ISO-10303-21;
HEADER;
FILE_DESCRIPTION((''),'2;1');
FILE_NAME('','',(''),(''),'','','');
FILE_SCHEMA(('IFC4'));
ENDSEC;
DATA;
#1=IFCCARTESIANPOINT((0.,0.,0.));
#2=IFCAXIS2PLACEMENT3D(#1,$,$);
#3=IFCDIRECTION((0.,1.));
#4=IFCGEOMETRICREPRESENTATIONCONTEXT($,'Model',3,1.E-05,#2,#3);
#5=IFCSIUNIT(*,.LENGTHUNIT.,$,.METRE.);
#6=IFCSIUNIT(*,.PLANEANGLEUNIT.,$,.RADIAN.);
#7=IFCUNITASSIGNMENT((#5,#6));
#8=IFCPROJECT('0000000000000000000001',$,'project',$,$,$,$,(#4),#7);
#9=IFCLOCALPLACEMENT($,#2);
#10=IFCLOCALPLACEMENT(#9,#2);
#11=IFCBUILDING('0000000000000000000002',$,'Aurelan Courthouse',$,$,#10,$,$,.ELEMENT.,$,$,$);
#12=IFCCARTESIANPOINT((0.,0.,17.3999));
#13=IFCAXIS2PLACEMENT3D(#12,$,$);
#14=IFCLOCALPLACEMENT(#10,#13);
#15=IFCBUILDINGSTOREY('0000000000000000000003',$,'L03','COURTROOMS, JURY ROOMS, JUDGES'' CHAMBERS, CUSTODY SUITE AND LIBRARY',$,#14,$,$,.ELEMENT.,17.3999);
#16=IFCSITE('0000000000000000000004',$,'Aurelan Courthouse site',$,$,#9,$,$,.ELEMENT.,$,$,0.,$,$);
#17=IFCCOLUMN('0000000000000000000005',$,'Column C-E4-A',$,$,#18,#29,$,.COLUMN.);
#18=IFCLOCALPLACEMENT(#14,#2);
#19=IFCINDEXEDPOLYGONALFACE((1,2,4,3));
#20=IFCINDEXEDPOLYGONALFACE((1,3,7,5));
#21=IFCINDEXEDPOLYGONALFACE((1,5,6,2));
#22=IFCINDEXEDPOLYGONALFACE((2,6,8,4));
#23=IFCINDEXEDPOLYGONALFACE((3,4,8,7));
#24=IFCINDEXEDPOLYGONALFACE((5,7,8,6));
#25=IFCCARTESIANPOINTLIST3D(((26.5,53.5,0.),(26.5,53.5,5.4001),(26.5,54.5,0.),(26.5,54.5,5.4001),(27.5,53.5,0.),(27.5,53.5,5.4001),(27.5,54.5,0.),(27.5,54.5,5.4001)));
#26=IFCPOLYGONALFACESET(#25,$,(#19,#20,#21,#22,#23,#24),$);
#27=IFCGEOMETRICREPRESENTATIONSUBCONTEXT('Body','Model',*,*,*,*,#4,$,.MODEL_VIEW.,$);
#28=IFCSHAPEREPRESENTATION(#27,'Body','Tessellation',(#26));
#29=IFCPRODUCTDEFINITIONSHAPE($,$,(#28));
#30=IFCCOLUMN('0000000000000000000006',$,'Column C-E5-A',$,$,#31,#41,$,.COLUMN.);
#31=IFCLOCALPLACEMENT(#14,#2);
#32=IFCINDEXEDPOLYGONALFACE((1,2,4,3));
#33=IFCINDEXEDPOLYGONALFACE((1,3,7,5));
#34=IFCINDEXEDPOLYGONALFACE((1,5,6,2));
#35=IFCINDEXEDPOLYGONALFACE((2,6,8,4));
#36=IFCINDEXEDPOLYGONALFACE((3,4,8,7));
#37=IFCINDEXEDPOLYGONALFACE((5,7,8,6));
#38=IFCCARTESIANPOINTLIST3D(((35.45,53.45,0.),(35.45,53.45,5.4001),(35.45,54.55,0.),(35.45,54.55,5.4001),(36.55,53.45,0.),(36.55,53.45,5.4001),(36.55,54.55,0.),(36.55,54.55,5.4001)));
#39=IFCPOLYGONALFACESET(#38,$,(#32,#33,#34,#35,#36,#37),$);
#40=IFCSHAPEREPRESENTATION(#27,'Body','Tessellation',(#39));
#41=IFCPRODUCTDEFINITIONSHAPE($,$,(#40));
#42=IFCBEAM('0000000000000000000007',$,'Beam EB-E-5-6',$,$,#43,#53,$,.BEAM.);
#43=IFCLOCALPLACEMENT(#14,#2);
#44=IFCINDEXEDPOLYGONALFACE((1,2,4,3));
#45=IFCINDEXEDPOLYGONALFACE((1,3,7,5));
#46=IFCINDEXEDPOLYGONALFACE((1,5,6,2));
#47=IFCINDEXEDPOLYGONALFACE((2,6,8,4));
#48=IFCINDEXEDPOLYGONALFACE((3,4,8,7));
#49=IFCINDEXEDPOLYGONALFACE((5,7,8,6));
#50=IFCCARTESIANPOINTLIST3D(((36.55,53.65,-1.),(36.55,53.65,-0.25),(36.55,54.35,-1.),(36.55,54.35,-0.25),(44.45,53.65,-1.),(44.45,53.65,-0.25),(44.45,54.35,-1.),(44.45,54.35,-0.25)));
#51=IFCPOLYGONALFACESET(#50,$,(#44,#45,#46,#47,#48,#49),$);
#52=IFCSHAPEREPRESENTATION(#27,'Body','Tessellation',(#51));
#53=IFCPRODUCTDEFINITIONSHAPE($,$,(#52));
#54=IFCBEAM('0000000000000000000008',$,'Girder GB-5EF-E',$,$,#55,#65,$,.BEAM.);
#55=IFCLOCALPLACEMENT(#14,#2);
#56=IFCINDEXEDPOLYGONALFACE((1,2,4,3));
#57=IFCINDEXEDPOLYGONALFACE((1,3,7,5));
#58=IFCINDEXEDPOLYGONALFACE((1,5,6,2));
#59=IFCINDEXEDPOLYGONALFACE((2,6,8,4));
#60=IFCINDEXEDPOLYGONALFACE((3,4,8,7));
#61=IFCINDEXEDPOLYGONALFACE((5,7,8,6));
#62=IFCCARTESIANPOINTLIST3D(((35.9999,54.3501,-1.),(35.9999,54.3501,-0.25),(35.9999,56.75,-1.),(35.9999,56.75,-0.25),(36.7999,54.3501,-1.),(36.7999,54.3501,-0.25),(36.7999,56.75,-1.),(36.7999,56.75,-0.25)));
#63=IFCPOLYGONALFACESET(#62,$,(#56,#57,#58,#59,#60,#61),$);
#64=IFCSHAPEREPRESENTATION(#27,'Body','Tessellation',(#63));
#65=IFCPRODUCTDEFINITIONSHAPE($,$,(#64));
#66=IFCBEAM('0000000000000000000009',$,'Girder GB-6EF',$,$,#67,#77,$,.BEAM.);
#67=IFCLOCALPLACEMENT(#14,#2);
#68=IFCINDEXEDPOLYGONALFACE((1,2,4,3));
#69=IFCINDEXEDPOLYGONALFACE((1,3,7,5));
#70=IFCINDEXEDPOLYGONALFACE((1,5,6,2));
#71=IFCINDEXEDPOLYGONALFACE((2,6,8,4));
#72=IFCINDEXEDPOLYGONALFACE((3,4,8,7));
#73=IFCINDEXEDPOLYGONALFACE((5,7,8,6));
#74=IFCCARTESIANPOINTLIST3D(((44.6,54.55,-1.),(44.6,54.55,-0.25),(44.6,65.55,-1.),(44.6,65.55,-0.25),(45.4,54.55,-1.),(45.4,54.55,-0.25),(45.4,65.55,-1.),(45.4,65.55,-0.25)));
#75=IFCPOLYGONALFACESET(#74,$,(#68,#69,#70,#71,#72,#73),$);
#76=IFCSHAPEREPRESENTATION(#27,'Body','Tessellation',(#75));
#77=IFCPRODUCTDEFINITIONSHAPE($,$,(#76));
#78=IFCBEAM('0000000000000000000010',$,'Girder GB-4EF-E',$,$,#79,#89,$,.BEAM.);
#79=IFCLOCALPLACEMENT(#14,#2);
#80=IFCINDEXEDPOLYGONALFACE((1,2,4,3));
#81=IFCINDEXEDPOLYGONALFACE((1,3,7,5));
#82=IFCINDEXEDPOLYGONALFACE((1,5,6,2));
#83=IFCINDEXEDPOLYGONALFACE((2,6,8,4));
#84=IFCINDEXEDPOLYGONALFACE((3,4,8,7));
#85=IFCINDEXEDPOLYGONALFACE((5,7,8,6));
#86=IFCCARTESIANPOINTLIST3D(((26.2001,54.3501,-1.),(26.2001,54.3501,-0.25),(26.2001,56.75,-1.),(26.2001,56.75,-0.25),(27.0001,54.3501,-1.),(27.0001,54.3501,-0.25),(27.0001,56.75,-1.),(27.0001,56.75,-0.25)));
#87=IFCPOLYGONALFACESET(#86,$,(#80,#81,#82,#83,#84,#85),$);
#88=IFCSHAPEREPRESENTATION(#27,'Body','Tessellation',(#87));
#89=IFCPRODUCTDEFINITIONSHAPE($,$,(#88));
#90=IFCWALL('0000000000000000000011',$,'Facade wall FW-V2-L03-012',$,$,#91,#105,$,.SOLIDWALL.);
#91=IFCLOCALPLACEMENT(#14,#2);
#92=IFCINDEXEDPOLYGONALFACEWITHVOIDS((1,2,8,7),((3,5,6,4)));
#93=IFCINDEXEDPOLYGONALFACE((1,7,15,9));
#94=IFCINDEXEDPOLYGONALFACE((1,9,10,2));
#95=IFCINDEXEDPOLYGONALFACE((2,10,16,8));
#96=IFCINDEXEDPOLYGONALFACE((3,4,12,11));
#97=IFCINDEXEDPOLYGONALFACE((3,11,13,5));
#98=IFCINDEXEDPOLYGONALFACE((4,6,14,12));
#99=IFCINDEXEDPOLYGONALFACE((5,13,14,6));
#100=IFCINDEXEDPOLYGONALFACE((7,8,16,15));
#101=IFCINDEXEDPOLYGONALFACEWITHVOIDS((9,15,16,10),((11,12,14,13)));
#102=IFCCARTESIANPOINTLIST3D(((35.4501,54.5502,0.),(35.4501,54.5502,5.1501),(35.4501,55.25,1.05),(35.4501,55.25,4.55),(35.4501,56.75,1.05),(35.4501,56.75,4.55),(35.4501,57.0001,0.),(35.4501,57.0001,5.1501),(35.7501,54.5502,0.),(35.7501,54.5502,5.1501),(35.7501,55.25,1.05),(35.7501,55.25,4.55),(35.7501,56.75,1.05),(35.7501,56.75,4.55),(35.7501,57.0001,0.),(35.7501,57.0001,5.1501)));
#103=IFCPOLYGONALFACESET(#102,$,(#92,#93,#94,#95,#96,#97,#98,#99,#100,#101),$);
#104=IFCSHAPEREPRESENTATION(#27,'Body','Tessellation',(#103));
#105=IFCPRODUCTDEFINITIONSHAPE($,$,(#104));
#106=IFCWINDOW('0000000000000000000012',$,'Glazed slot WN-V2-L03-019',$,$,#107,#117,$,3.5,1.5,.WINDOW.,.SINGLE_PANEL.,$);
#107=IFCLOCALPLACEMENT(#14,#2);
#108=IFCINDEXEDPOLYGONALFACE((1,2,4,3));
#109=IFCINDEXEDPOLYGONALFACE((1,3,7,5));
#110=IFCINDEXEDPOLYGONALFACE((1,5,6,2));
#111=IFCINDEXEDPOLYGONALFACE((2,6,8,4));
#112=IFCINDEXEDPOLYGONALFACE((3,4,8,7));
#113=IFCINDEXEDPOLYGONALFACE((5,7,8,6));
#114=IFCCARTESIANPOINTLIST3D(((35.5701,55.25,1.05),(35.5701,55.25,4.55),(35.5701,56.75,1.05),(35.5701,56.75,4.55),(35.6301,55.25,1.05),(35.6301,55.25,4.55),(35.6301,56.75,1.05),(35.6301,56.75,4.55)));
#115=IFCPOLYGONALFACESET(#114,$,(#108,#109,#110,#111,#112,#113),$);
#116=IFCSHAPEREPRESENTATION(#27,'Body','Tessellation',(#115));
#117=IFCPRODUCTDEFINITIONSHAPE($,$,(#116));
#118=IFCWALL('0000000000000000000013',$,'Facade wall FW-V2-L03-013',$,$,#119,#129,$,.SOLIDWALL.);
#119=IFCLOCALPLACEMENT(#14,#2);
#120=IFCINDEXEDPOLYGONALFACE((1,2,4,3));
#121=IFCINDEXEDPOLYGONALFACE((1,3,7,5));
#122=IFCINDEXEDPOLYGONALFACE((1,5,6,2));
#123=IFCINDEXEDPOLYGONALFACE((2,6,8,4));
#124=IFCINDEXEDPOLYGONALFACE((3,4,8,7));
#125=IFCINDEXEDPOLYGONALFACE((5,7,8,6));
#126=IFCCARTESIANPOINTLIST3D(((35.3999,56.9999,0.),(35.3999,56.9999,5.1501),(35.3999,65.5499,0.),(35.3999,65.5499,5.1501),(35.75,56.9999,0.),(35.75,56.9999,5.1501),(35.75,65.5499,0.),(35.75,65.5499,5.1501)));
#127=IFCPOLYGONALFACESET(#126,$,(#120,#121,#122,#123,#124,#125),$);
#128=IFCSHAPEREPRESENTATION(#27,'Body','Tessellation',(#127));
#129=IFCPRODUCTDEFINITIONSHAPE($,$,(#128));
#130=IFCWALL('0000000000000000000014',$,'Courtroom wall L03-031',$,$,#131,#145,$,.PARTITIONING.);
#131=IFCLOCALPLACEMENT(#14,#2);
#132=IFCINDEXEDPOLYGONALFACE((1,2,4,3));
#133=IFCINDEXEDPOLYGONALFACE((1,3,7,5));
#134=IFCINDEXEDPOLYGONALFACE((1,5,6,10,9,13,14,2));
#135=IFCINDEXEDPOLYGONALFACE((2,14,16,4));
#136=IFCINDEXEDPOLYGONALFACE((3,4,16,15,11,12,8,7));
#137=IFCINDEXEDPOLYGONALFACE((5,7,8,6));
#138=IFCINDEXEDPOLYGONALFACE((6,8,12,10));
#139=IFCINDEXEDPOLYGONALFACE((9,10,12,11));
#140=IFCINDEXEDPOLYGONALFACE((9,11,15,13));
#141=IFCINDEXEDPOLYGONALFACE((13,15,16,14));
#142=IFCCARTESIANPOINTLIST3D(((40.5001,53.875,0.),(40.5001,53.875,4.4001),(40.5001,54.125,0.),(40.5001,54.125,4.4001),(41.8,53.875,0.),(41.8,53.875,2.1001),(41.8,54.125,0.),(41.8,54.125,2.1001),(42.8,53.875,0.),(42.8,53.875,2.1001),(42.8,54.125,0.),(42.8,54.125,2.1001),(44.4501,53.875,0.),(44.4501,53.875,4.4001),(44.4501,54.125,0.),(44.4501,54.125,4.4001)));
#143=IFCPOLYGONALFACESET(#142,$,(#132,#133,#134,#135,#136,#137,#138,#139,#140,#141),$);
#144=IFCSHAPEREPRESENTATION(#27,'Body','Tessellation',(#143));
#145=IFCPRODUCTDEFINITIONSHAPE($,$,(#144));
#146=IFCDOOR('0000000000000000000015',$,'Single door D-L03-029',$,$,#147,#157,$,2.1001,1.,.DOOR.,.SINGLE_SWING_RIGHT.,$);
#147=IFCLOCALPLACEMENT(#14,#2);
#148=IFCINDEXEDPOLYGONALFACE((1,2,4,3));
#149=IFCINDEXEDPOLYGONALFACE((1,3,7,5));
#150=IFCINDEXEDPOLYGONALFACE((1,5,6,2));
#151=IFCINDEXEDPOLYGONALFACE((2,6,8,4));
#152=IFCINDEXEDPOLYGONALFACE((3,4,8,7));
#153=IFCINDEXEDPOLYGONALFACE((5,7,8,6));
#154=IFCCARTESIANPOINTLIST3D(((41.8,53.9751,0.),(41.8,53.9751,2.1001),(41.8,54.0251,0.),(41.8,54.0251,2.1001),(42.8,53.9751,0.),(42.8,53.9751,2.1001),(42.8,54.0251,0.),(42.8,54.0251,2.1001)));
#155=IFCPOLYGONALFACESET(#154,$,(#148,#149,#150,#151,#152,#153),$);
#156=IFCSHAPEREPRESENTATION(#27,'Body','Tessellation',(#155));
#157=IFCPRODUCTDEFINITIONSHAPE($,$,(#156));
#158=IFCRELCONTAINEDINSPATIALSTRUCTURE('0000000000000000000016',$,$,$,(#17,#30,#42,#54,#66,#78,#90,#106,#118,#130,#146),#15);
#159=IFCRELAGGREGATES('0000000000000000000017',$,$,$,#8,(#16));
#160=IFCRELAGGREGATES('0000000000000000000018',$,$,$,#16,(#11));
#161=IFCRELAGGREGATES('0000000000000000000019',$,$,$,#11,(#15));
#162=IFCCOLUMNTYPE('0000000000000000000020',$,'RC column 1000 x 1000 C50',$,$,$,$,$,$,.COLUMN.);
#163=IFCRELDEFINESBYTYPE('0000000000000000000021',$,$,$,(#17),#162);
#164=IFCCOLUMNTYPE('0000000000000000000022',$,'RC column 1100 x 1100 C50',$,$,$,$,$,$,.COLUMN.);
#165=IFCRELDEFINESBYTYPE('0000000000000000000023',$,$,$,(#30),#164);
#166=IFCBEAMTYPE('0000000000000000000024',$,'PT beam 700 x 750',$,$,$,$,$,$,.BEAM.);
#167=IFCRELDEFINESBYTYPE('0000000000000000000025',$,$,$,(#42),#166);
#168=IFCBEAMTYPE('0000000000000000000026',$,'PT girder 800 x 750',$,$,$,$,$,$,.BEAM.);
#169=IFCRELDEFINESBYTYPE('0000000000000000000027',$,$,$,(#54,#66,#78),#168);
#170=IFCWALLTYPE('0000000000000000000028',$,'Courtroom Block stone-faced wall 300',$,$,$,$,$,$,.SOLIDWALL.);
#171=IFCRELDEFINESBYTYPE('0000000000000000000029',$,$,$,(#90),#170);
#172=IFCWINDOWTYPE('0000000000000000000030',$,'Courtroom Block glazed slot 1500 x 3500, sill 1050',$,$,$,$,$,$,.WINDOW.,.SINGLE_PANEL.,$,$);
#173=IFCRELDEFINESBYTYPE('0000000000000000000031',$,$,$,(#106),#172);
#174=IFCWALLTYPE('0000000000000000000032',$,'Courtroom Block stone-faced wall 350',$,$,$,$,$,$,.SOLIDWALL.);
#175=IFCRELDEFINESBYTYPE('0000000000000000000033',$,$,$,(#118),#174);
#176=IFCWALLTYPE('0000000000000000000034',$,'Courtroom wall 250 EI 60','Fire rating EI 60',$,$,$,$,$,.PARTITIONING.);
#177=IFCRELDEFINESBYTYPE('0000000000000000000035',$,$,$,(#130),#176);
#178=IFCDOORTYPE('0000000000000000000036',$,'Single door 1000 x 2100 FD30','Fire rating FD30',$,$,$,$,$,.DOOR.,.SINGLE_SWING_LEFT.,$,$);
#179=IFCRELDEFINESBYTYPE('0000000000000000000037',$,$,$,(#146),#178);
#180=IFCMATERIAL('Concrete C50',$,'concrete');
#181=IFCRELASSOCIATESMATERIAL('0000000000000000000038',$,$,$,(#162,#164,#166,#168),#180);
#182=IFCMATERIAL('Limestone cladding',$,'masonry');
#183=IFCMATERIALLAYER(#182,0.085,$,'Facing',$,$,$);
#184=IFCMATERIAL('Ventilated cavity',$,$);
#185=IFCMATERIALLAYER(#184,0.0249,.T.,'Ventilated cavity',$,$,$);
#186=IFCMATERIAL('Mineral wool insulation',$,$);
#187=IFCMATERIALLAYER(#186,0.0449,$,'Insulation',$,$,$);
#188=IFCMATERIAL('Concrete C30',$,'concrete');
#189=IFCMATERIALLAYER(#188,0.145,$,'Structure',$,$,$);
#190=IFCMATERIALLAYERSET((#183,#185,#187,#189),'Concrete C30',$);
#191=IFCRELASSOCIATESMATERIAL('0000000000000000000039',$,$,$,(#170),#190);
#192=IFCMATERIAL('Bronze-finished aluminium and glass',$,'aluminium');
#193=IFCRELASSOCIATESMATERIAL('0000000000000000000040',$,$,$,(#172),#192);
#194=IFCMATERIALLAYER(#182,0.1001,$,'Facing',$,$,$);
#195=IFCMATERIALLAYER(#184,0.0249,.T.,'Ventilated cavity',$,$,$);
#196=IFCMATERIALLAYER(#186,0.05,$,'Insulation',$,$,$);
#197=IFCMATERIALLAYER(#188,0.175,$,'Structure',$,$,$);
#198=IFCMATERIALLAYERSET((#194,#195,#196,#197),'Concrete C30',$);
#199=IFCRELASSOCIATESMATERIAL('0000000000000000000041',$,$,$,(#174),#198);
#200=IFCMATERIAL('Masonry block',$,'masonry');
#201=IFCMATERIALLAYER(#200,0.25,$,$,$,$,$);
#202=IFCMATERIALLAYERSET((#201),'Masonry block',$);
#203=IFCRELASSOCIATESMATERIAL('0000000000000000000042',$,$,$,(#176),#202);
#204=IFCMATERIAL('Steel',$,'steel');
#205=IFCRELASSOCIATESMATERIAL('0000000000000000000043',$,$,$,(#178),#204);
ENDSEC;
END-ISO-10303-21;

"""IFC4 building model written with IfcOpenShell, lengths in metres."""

from ifc_helpers import new_model, si_unit, direction, frame, frame_2d, origin, origin_2d, place, context, subcontext, project, spatial, rectangle, extrude, material, layer, layer_set, material_profile, profile_set, type_object, element, fill, save


model = new_model("IFC4")

# Units and contexts
model_context = context("Model", 3, precision=1e-05, world=origin(), true_north=direction((0.0, 1.0)))
body_context = subcontext(model_context, "Body", "Model", "MODEL_VIEW")
ifc_project = project(units=[si_unit("LENGTHUNIT", "METRE"), si_unit("PLANEANGLEUNIT", "RADIAN")], contexts=[model_context])

# Site, building, storey
site_placement = place(None, origin())
site = spatial("IfcSite", under=ifc_project, at=site_placement, Name="Aurelan Courthouse site", CompositionType="ELEMENT", RefElevation=0.0)
building_placement = place(site_placement, origin())
building = spatial("IfcBuilding", under=site, at=building_placement, Name="Aurelan Courthouse", CompositionType="ELEMENT")
storey_placement = place(building_placement, frame((0.0, 0.0, 17.3999)))
storey = spatial("IfcBuildingStorey", under=building, at=storey_placement, Name="L03", Description="COURTROOMS, JURY ROOMS, JUDGES' CHAMBERS, CUSTODY SUITE AND LIBRARY", CompositionType="ELEMENT", Elevation=17.3999)

# Columns
ifc_material_1 = material(Name="Concrete C50", Category="concrete")
ifc_material_profile_1 = material_profile(ifc_material_1, rectangle(XDim=1.0, YDim=1.0, at=origin_2d()), Name="RC 1000 x 1000")
ifc_profile_set_1 = profile_set([ifc_material_profile_1], Name="Concrete C50")
column_type_1 = type_object("IfcColumnType", Name="RC column 1000 x 1000 C50", PredefinedType="COLUMN", material=ifc_profile_set_1)
column_1_placement = place(storey_placement, frame((27.0, 54.0, 0.0), z_axis=(0.0, 0.0, 1.0), x_axis=(1.0, 0.0, 0.0)))
element("IfcColumn", 1, at=column_1_placement, inside=storey, type_object=column_type_1, Name="Column C-E4-A", PredefinedType="COLUMN", context=body_context, shape_type="SweptSolid", body=[
    extrude(rectangle(XDim=1.0, YDim=1.0, at=origin_2d()), origin(), (0.0, 0.0, 1.0), 5.4001),
])
ifc_material_profile_2 = material_profile(ifc_material_1, rectangle(XDim=1.1001, YDim=1.1001, at=origin_2d()), Name="RC 1100 x 1100")
ifc_profile_set_2 = profile_set([ifc_material_profile_2], Name="Concrete C50")
column_type_2 = type_object("IfcColumnType", Name="RC column 1100 x 1100 C50", PredefinedType="COLUMN", material=ifc_profile_set_2)
column_2_placement = place(storey_placement, frame((36.0, 54.0, 0.0), z_axis=(0.0, 0.0, 1.0), x_axis=(1.0, 0.0, 0.0)))
element("IfcColumn", 2, at=column_2_placement, inside=storey, type_object=column_type_2, Name="Column C-E5-A", PredefinedType="COLUMN", context=body_context, shape_type="SweptSolid", body=[
    extrude(rectangle(XDim=1.1001, YDim=1.1001, at=origin_2d()), origin(), (0.0, 0.0, 1.0), 5.4001),
])

# Beams
ifc_material_profile_3 = material_profile(ifc_material_1, rectangle(XDim=0.7, YDim=0.75, at=origin_2d()), Name="RC 700 x 750")
ifc_profile_set_3 = profile_set([ifc_material_profile_3], Name="Concrete C50")
beam_type_1 = type_object("IfcBeamType", Name="PT beam 700 x 750", PredefinedType="BEAM", material=ifc_profile_set_3)
beam_1_placement = place(storey_placement, frame((36.55, 54.0, -0.625), z_axis=(1.0, 0.0, 0.0), x_axis=(0.0, 1.0, 0.0)))
element("IfcBeam", 3, at=beam_1_placement, inside=storey, type_object=beam_type_1, Name="Beam EB-E-5-6", PredefinedType="BEAM", context=body_context, shape_type="SweptSolid", body=[
    extrude(rectangle(XDim=0.7, YDim=0.75, at=origin_2d()), origin(), (0.0, 0.0, 1.0), 7.8999),
])
ifc_material_profile_4 = material_profile(ifc_material_1, rectangle(XDim=0.8, YDim=0.75, at=origin_2d()), Name="RC 800 x 750")
ifc_profile_set_4 = profile_set([ifc_material_profile_4], Name="Concrete C50")
beam_type_2 = type_object("IfcBeamType", Name="PT girder 800 x 750", PredefinedType="BEAM", material=ifc_profile_set_4)
beam_2_placement = place(storey_placement, frame((36.3999, 54.3501, -0.625), z_axis=(0.0, 1.0, 0.0), x_axis=(-1.0, 0.0, 0.0)))
element("IfcBeam", 4, at=beam_2_placement, inside=storey, type_object=beam_type_2, Name="Girder GB-5EF-E", PredefinedType="BEAM", context=body_context, shape_type="SweptSolid", body=[
    extrude(rectangle(XDim=0.8, YDim=0.75, at=origin_2d()), origin(), (0.0, 0.0, 1.0), 2.3999),
])
beam_3_placement = place(storey_placement, frame((45.0, 54.55, -0.625), z_axis=(0.0, 1.0, 0.0), x_axis=(-1.0, 0.0, 0.0)))
element("IfcBeam", 5, at=beam_3_placement, inside=storey, type_object=beam_type_2, Name="Girder GB-6EF", PredefinedType="BEAM", context=body_context, shape_type="SweptSolid", body=[
    extrude(rectangle(XDim=0.8, YDim=0.75, at=origin_2d()), origin(), (0.0, 0.0, 1.0), 11.0),
])
beam_4_placement = place(storey_placement, frame((26.6001, 54.3501, -0.625), z_axis=(0.0, 1.0, 0.0), x_axis=(-1.0, 0.0, 0.0)))
element("IfcBeam", 6, at=beam_4_placement, inside=storey, type_object=beam_type_2, Name="Girder GB-4EF-E", PredefinedType="BEAM", context=body_context, shape_type="SweptSolid", body=[
    extrude(rectangle(XDim=0.8, YDim=0.75, at=origin_2d()), origin(), (0.0, 0.0, 1.0), 2.3999),
])

# Wall, opening, window
ifc_material_2 = material(Name="Limestone cladding", Category="masonry")
ifc_layer_1 = layer(ifc_material_2, 0.085, Name="Facing")
ifc_material_3 = material(Name="Ventilated cavity")
ifc_layer_2 = layer(ifc_material_3, 0.0249, ventilated=True, Name="Ventilated cavity")
ifc_material_4 = material(Name="Mineral wool insulation")
ifc_layer_3 = layer(ifc_material_4, 0.0449, Name="Insulation")
ifc_material_5 = material(Name="Concrete C30", Category="concrete")
ifc_layer_4 = layer(ifc_material_5, 0.145, Name="Structure")
ifc_layer_set_1 = layer_set([ifc_layer_1, ifc_layer_2, ifc_layer_3, ifc_layer_4], Name="Concrete C30")
wall_type_1 = type_object("IfcWallType", Name="Courtroom Block stone-faced wall 300", PredefinedType="SOLIDWALL", material=ifc_layer_set_1)
wall_1_placement = place(storey_placement, frame((35.6001, 54.55, 0.0), z_axis=(0.0, 0.0, 1.0), x_axis=(0.0, 1.0, 0.0)))
wall_1 = element("IfcWall", 7, at=wall_1_placement, inside=storey, type_object=wall_type_1, Name="Facade wall FW-V2-L03-012", PredefinedType="SOLIDWALL", context=body_context, shape_type="SweptSolid", body=[
    extrude(rectangle(XDim=2.45, YDim=0.3, at=frame_2d((1.2251, 0.0))), origin(), (0.0, 0.0, 1.0), 5.1501),
])
opening_1_placement = place(wall_1_placement, frame((0.7, 0.0, 1.05)))
opening_1 = element("IfcOpeningElement", 8, at=opening_1_placement, cuts=wall_1, PredefinedType="OPENING", context=body_context, shape_type="SweptSolid", body=[
    extrude(rectangle(XDim=1.5, YDim=3.5, at=frame_2d((0.75, 1.75))), frame((0.0, 0.1599, 0.0), z_axis=(0.0, -1.0, 0.0), x_axis=(1.0, 0.0, 0.0)), (0.0, 0.0, 1.0), 0.3201),
])
ifc_material_6 = material(Name="Bronze-finished aluminium and glass", Category="aluminium")
window_type_1 = type_object("IfcWindowType", Name="Courtroom Block glazed slot 1500 x 3500, sill 1050", PartitioningType="SINGLE_PANEL", PredefinedType="WINDOW", material=ifc_material_6)
window_1_placement = place(opening_1_placement, origin())
window_1 = element("IfcWindow", 9, at=window_1_placement, inside=storey, type_object=window_type_1, Name="Glazed slot WN-V2-L03-019", OverallHeight=3.5, OverallWidth=1.5, PartitioningType="SINGLE_PANEL", PredefinedType="WINDOW", context=body_context, shape_type="SweptSolid", body=[
    extrude(rectangle(XDim=1.5, YDim=3.5, at=frame_2d((0.75, 1.75))), frame((0.0, 0.03, 0.0), z_axis=(0.0, -1.0, 0.0), x_axis=(1.0, 0.0, 0.0)), (0.0, 0.0, 1.0), 0.0601),
])
fill(opening_1, window_1)

# Wall
ifc_layer_5 = layer(ifc_material_2, 0.1001, Name="Facing")
ifc_layer_6 = layer(ifc_material_3, 0.0249, ventilated=True, Name="Ventilated cavity")
ifc_layer_7 = layer(ifc_material_4, 0.05, Name="Insulation")
ifc_layer_8 = layer(ifc_material_5, 0.175, Name="Structure")
ifc_layer_set_2 = layer_set([ifc_layer_5, ifc_layer_6, ifc_layer_7, ifc_layer_8], Name="Concrete C30")
wall_type_2 = type_object("IfcWallType", Name="Courtroom Block stone-faced wall 350", PredefinedType="SOLIDWALL", material=ifc_layer_set_2)
wall_2_placement = place(storey_placement, frame((35.575, 57.0, 0.0), z_axis=(0.0, 0.0, 1.0), x_axis=(0.0, 1.0, 0.0)))
element("IfcWall", 10, at=wall_2_placement, inside=storey, type_object=wall_type_2, Name="Facade wall FW-V2-L03-013", PredefinedType="SOLIDWALL", context=body_context, shape_type="SweptSolid", body=[
    extrude(rectangle(XDim=8.55, YDim=0.3501, at=frame_2d((4.2749, 0.0))), origin(), (0.0, 0.0, 1.0), 5.1501),
])

# Wall, opening, door
ifc_material_7 = material(Name="Masonry block", Category="masonry")
ifc_layer_9 = layer(ifc_material_7, 0.25)
ifc_layer_set_3 = layer_set([ifc_layer_9], Name="Masonry block")
wall_type_3 = type_object("IfcWallType", Name="Courtroom wall 250 EI 60", Description="Fire rating EI 60", PredefinedType="PARTITIONING", material=ifc_layer_set_3)
wall_3_placement = place(storey_placement, frame((40.5, 54.0, 0.0), z_axis=(0.0, 0.0, 1.0), x_axis=(1.0, 0.0, 0.0)))
wall_3 = element("IfcWall", 11, at=wall_3_placement, inside=storey, type_object=wall_type_3, Name="Courtroom wall L03-031", PredefinedType="PARTITIONING", context=body_context, shape_type="SweptSolid", body=[
    extrude(rectangle(XDim=3.95, YDim=0.25, at=frame_2d((1.9751, 0.0))), origin(), (0.0, 0.0, 1.0), 4.4001),
])
opening_2_placement = place(wall_3_placement, frame((2.3, 0.0, 0.0), z_axis=(0.0, 0.0, 1.0), x_axis=(-1.0, 0.0, 0.0)))
opening_2 = element("IfcOpeningElement", 12, at=opening_2_placement, cuts=wall_3, PredefinedType="OPENING", context=body_context, shape_type="SweptSolid", body=[
    extrude(rectangle(XDim=1.0, YDim=2.1001, at=frame_2d((0.5, 1.05))), frame((0.0, 0.135, 0.0), z_axis=(0.0, -1.0, 0.0), x_axis=(1.0, 0.0, 0.0)), (0.0, 0.0, 1.0), 0.27),
])
ifc_material_8 = material(Name="Steel", Category="steel")
door_type_1 = type_object("IfcDoorType", Name="Single door 1000 x 2100 FD30", Description="Fire rating FD30", OperationType="SINGLE_SWING_LEFT", PredefinedType="DOOR", material=ifc_material_8)
door_1_placement = place(opening_2_placement, origin())
door_1 = element("IfcDoor", 13, at=door_1_placement, inside=storey, type_object=door_type_1, Name="Single door D-L03-029", OperationType="SINGLE_SWING_RIGHT", OverallHeight=2.1001, OverallWidth=1.0, PredefinedType="DOOR", context=body_context, shape_type="SweptSolid", body=[
    extrude(rectangle(XDim=1.0, YDim=2.1001, at=frame_2d((0.5, 1.05))), frame((0.0, 0.0249, 0.0), z_axis=(0.0, -1.0, 0.0), x_axis=(1.0, 0.0, 0.0)), (0.0, 0.0, 1.0), 0.05),
])
fill(opening_2, door_1)

save(model, "model.ifc")
